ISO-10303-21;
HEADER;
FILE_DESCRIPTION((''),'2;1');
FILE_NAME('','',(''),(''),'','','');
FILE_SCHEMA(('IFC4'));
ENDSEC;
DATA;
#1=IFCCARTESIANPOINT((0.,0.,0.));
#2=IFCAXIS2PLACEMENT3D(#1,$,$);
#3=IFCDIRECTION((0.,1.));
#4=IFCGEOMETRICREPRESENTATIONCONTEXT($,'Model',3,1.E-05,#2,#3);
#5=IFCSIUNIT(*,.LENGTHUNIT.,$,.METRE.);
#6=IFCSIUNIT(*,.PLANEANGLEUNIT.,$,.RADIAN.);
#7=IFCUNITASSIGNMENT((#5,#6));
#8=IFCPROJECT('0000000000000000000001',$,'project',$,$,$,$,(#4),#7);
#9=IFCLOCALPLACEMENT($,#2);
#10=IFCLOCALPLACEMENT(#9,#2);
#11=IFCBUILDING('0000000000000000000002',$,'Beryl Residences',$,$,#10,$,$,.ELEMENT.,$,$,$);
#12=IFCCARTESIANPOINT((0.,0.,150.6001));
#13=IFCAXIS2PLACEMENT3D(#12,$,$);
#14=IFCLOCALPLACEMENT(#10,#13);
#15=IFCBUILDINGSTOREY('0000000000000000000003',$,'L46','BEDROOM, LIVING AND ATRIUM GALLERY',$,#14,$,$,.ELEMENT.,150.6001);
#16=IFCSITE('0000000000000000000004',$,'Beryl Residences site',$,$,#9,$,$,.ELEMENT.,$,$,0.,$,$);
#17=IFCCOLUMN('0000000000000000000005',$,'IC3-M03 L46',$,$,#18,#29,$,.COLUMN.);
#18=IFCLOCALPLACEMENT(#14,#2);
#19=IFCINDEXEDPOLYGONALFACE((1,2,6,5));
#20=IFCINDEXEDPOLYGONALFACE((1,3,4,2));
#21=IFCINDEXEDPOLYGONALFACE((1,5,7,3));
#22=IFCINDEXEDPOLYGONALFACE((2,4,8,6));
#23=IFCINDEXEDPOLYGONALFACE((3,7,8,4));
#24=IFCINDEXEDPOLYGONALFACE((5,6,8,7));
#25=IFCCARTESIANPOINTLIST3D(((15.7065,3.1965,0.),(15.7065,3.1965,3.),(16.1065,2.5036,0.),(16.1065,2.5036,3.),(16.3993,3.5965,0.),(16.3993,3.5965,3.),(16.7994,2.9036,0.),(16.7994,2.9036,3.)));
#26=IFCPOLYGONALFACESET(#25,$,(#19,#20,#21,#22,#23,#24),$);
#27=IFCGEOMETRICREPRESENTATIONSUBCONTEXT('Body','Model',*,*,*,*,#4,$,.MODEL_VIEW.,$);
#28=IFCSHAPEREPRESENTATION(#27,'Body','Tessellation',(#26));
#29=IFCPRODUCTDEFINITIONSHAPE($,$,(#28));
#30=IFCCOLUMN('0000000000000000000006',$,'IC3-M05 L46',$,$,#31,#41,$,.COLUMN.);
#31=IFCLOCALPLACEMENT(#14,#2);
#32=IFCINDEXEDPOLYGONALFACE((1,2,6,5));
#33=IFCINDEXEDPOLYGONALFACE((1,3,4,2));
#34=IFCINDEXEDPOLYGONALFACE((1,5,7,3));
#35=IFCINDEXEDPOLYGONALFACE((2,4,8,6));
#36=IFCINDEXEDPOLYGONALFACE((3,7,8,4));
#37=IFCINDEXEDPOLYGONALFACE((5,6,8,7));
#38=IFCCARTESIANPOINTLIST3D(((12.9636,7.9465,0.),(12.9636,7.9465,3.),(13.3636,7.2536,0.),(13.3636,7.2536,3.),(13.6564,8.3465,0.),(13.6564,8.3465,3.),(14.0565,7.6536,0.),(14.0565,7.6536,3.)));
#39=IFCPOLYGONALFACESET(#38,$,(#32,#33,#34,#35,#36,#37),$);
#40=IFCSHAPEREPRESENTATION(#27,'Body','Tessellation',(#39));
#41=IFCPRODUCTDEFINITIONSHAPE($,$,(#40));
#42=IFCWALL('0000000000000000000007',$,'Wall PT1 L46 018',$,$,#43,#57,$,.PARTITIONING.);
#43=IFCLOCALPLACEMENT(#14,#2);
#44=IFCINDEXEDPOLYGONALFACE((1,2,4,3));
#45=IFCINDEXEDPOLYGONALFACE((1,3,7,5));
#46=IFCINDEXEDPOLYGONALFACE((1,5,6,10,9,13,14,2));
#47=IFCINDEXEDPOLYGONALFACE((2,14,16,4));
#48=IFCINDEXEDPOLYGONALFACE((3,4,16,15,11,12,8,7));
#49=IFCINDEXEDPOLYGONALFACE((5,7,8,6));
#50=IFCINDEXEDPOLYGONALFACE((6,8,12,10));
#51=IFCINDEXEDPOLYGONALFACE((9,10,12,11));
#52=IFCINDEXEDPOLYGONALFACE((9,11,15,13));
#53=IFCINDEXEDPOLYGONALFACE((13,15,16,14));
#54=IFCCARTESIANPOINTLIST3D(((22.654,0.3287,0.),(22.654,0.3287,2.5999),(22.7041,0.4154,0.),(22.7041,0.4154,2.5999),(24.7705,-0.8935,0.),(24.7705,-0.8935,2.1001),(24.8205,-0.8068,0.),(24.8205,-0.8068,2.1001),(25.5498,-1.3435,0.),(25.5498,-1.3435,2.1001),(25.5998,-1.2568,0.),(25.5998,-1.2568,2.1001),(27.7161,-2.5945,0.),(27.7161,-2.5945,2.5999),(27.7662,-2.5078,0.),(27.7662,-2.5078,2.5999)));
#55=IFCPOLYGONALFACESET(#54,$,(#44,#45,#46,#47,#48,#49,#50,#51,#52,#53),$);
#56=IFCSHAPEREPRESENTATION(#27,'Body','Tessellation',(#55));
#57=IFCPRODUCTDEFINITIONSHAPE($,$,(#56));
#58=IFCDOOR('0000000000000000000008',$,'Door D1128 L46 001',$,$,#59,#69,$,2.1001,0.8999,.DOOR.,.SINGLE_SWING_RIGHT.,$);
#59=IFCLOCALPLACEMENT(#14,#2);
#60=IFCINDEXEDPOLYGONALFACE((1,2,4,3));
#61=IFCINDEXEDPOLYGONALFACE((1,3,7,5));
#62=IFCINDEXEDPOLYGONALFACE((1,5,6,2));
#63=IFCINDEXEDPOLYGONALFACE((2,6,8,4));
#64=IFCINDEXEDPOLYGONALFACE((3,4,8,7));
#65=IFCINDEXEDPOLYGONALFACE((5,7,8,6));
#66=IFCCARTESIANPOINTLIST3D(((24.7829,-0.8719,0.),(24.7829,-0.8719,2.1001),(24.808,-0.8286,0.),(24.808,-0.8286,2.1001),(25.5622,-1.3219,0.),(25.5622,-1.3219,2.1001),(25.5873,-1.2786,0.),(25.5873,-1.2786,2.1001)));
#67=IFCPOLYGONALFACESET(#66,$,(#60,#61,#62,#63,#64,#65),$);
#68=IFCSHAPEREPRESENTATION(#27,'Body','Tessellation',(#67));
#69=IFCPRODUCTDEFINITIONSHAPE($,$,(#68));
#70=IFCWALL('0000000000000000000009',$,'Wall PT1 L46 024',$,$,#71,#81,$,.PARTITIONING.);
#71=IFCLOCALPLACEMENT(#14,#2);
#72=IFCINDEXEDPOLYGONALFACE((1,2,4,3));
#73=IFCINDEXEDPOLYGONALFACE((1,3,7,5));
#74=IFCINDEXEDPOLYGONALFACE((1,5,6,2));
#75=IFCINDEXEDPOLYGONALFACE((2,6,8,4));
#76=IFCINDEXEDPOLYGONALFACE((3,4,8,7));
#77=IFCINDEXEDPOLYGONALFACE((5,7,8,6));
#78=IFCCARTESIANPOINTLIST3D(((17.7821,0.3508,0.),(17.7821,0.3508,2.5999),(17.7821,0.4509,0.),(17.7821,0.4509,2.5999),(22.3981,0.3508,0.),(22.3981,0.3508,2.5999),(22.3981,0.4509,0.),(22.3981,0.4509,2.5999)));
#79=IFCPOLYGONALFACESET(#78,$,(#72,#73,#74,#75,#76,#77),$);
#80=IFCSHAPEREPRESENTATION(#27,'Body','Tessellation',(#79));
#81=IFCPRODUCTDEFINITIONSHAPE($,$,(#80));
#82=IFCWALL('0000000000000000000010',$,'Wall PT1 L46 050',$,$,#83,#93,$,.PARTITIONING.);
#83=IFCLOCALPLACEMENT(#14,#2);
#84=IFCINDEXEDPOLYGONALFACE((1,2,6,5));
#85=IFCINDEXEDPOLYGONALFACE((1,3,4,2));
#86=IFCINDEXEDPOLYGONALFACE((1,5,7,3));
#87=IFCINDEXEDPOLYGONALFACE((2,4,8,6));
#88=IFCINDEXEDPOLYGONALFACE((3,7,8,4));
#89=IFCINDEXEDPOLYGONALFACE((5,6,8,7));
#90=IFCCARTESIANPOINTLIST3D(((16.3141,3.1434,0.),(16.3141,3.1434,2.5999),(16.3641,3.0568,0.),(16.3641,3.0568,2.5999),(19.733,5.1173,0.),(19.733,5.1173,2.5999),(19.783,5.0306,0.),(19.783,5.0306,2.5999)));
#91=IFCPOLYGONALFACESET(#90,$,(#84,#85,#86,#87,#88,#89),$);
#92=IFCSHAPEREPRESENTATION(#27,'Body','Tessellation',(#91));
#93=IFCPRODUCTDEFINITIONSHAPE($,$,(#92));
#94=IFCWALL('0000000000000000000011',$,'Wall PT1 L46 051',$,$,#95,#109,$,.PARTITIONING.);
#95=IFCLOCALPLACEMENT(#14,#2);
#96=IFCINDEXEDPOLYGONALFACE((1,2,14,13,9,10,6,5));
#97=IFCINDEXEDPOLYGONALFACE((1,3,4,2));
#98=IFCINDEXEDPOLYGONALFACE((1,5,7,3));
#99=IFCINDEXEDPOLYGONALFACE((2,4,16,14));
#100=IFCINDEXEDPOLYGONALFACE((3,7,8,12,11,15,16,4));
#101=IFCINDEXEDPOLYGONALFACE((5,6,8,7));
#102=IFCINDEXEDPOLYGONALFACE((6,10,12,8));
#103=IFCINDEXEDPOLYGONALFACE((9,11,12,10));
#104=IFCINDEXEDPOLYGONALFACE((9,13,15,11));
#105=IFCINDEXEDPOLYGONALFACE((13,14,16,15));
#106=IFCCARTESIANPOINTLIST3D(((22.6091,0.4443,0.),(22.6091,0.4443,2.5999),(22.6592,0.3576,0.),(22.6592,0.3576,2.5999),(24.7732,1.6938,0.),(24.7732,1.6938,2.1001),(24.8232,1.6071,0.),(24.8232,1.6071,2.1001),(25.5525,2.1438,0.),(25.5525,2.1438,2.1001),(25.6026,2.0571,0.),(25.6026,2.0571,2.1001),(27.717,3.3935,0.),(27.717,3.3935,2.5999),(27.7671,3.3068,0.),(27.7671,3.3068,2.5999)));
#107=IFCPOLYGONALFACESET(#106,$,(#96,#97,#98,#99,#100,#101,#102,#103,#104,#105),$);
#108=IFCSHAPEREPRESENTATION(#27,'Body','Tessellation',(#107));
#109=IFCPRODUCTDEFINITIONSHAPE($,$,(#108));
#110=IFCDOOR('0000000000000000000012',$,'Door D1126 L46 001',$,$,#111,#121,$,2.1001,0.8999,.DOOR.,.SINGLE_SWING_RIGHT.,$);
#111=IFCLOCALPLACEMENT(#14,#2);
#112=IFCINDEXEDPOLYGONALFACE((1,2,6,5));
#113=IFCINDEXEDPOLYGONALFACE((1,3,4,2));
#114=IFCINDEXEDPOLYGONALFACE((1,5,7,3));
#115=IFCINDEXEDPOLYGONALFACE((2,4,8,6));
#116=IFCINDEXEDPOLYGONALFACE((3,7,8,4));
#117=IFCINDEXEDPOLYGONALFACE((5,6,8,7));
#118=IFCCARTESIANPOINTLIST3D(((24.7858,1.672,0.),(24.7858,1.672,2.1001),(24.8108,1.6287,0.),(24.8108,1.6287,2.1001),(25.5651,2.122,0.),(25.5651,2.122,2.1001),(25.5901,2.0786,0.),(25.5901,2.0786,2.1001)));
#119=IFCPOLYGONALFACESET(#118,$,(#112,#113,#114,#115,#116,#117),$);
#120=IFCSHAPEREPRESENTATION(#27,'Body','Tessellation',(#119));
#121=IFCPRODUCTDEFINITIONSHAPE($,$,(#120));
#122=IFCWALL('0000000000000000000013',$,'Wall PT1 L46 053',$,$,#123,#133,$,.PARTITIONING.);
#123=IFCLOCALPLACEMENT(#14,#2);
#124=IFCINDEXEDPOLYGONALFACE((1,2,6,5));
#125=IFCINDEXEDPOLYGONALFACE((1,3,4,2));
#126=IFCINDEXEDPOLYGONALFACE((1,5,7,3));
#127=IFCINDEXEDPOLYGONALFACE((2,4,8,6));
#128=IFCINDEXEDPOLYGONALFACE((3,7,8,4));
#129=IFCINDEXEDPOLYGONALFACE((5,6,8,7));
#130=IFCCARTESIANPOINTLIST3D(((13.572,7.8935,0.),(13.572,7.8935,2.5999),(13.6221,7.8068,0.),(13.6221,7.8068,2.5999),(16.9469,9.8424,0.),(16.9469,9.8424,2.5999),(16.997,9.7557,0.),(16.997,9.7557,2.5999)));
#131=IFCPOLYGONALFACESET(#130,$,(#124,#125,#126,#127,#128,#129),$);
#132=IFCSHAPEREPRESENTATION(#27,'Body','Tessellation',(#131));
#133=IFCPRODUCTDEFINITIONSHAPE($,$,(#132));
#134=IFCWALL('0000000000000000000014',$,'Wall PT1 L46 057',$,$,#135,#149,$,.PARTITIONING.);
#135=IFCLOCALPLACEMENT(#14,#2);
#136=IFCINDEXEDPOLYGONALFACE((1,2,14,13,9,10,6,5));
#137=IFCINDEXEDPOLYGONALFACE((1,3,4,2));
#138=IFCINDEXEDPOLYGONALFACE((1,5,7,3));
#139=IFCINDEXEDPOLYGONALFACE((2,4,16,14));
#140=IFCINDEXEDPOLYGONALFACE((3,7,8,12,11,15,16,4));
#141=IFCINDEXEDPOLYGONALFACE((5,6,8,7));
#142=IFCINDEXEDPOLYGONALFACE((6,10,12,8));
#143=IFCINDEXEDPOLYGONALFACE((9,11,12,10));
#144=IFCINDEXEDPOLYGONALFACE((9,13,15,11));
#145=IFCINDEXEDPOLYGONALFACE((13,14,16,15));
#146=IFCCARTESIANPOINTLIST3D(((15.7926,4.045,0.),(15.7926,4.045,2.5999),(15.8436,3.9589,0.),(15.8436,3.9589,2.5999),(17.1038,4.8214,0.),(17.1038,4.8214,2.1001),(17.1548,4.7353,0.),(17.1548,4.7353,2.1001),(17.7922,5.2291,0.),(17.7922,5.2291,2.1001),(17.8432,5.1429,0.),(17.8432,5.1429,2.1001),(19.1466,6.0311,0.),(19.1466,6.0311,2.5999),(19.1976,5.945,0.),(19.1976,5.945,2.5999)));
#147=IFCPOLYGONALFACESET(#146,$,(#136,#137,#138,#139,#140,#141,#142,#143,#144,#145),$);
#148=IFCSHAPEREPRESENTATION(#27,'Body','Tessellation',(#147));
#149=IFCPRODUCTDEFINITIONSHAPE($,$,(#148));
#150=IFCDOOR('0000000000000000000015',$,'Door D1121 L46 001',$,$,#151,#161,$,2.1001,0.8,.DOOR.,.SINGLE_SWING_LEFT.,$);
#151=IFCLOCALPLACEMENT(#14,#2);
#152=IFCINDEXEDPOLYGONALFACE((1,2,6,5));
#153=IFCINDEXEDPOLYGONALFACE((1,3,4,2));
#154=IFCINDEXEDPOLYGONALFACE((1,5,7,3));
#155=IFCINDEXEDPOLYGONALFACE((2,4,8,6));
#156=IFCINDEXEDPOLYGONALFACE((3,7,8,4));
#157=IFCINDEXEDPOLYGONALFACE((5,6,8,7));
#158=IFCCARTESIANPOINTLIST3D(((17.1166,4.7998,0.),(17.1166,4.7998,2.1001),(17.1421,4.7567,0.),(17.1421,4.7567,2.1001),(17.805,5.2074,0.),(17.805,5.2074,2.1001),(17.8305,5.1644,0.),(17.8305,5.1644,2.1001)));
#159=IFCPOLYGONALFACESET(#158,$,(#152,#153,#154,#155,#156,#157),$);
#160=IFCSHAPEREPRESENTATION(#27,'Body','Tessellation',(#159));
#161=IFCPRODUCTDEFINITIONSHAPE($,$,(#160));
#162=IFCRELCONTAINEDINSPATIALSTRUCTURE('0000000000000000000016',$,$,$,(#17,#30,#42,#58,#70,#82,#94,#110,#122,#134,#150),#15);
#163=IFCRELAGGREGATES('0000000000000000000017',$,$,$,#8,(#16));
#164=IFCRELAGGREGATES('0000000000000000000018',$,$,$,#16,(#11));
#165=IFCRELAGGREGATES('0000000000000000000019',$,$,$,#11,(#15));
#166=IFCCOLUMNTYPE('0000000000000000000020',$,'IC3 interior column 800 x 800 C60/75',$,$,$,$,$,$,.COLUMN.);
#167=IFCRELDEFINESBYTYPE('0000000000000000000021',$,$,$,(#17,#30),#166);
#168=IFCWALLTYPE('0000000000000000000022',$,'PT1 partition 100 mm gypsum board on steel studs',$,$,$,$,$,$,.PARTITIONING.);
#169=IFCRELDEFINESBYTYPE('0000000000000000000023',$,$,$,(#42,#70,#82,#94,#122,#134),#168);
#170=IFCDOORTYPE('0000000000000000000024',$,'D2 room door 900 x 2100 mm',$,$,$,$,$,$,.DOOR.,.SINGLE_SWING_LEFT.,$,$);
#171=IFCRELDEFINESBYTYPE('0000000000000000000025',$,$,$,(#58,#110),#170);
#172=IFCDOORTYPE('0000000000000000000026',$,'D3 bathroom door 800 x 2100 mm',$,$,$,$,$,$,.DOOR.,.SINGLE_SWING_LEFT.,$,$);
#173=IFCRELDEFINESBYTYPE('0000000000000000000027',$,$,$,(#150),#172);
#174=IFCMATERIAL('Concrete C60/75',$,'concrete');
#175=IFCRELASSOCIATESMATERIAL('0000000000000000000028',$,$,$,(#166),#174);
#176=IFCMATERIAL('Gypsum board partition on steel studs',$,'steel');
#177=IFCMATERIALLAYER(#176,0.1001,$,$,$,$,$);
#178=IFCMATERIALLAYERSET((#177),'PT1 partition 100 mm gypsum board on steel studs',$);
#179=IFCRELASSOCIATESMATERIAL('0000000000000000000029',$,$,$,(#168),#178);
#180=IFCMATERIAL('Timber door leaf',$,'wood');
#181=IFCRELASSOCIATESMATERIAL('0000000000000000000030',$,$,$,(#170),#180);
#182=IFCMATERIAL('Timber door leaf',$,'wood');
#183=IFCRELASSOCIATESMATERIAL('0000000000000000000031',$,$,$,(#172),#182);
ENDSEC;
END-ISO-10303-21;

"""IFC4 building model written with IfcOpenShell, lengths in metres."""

from ifc_helpers import new_model, si_unit, direction, frame, frame_2d, origin, origin_2d, place, context, subcontext, project, spatial, rectangle, extrude, material, layer, layer_set, material_profile, profile_set, type_object, element, fill, save


model = new_model("IFC4")

# Units and contexts
model_context = context("Model", 3, precision=1e-05, world=origin(), true_north=direction((0.0, 1.0)))
body_context = subcontext(model_context, "Body", "Model", "MODEL_VIEW")
ifc_project = project(units=[si_unit("LENGTHUNIT", "METRE"), si_unit("PLANEANGLEUNIT", "RADIAN")], contexts=[model_context])

# Site, building, storey
site_placement = place(None, origin())
site = spatial("IfcSite", under=ifc_project, at=site_placement, Name="Beryl Residences site", CompositionType="ELEMENT", RefElevation=0.0)
building_placement = place(site_placement, origin())
building = spatial("IfcBuilding", under=site, at=building_placement, Name="Beryl Residences", CompositionType="ELEMENT")
storey_placement = place(building_placement, frame((0.0, 0.0, 150.6001)))
storey = spatial("IfcBuildingStorey", under=building, at=storey_placement, Name="L46", Description="BEDROOM, LIVING AND ATRIUM GALLERY", CompositionType="ELEMENT", Elevation=150.6001)

# Columns
ifc_material_1 = material(Name="Concrete C60/75", Category="concrete")
ifc_material_profile = material_profile(ifc_material_1, rectangle(XDim=0.8, YDim=0.8, at=origin_2d()))
ifc_profile_set = profile_set([ifc_material_profile], Name="Concrete C60/75")
column_type = type_object("IfcColumnType", Name="IC3 interior column 800 x 800 C60/75", PredefinedType="COLUMN", material=ifc_profile_set)
for number, where, z_axis, x_axis, name in (
    (1, (16.2529, 3.05, 0.0), (0.0, 0.0, 1.0), (-0.5, 0.866025, 0.0), "IC3-M03 L46"),
    (2, (13.51, 7.8, 0.0), (0.0, 0.0, 1.0), (-0.5, 0.866025, 0.0), "IC3-M05 L46"),
):
    element("IfcColumn", number, at=place(storey_placement, frame(where, z_axis=z_axis, x_axis=x_axis)), inside=storey, type_object=column_type, Name=name, PredefinedType="COLUMN", context=body_context, shape_type="SweptSolid", body=[
        extrude(rectangle(XDim=0.8, YDim=0.8, at=origin_2d()), origin(), (0.0, 0.0, 1.0), 3.0),
    ])

# Wall, opening, door
ifc_material_2 = material(Name="Gypsum board partition on steel studs", Category="steel")
ifc_layer = layer(ifc_material_2, 0.1001)
ifc_layer_set = layer_set([ifc_layer], Name="PT1 partition 100 mm gypsum board on steel studs")
wall_type = type_object("IfcWallType", Name="PT1 partition 100 mm gypsum board on steel studs", PredefinedType="PARTITIONING", material=ifc_layer_set)
wall_1_placement = place(storey_placement, frame((22.679, 0.3721, 0.0), z_axis=(0.0, 0.0, 1.0), x_axis=(0.865985, -0.50007, 0.0)))
wall_1 = element("IfcWall", 3, at=wall_1_placement, inside=storey, type_object=wall_type, Name="Wall PT1 L46 018", PredefinedType="PARTITIONING", context=body_context, shape_type="SweptSolid", body=[
    extrude(rectangle(XDim=5.8455, YDim=0.1001, at=frame_2d((2.9229, 0.0))), origin(), (0.0, 0.0, 1.0), 2.5999),
])
opening_1_placement = place(wall_1_placement, frame((2.4441, 0.0, 0.0)))
opening_1 = element("IfcOpeningElement", 4, at=opening_1_placement, cuts=wall_1, PredefinedType="OPENING", context=body_context, shape_type="SweptSolid", body=[
    extrude(rectangle(XDim=0.8999, YDim=2.1001, at=frame_2d((0.45, 1.05))), frame((0.0, 0.0601, 0.0), z_axis=(0.0, -1.0, 0.0), x_axis=(1.0, 0.0, 0.0)), (0.0, 0.0, 1.0), 0.1201),
])
ifc_material_3 = material(Name="Timber door leaf", Category="wood")
door_type_1 = type_object("IfcDoorType", Name="D2 room door 900 x 2100 mm", OperationType="SINGLE_SWING_LEFT", PredefinedType="DOOR", material=ifc_material_3)
door_1_placement = place(opening_1_placement, origin())
door_1 = element("IfcDoor", 5, at=door_1_placement, inside=storey, type_object=door_type_1, Name="Door D1128 L46 001", OperationType="SINGLE_SWING_RIGHT", OverallHeight=2.1001, OverallWidth=0.8999, PredefinedType="DOOR", context=body_context, shape_type="SweptSolid", body=[
    extrude(rectangle(XDim=0.8999, YDim=2.1001, at=frame_2d((0.45, 1.05))), frame((0.0, 0.0249, 0.0), z_axis=(0.0, -1.0, 0.0), x_axis=(1.0, 0.0, 0.0)), (0.0, 0.0, 1.0), 0.05),
])
fill(opening_1, door_1)

# Walls
wall_2_placement = place(storey_placement, frame((17.782, 0.4009, 0.0), z_axis=(0.0, 0.0, 1.0), x_axis=(1.0, 0.0, 0.0)))
element("IfcWall", 6, at=wall_2_placement, inside=storey, type_object=wall_type, Name="Wall PT1 L46 024", PredefinedType="PARTITIONING", context=body_context, shape_type="SweptSolid", body=[
    extrude(rectangle(XDim=4.616, YDim=0.1001, at=frame_2d((2.3081, 0.0))), origin(), (0.0, 0.0, 1.0), 2.5999),
])
wall_3_placement = place(storey_placement, frame((16.3391, 3.1001, 0.0), z_axis=(0.0, 0.0, 1.0), x_axis=(0.866031, 0.49999, 0.0)))
element("IfcWall", 7, at=wall_3_placement, inside=storey, type_object=wall_type, Name="Wall PT1 L46 050", PredefinedType="PARTITIONING", context=body_context, shape_type="SweptSolid", body=[
    extrude(rectangle(XDim=3.9478, YDim=0.1001, at=frame_2d((1.9739, 0.0))), origin(), (0.0, 0.0, 1.0), 2.5999),
])

# Wall, opening, door
wall_4_placement = place(storey_placement, frame((22.634, 0.4009, 0.0), z_axis=(0.0, 0.0, 1.0), x_axis=(0.866013, 0.500021, 0.0)))
wall_4 = element("IfcWall", 8, at=wall_4_placement, inside=storey, type_object=wall_type, Name="Wall PT1 L46 051", PredefinedType="PARTITIONING", context=body_context, shape_type="SweptSolid", body=[
    extrude(rectangle(XDim=5.8982, YDim=0.1001, at=frame_2d((2.9492, 0.0))), origin(), (0.0, 0.0, 1.0), 2.5999),
])
opening_2_placement = place(wall_4_placement, frame((2.499, 0.0, 0.0)))
opening_2 = element("IfcOpeningElement", 9, at=opening_2_placement, cuts=wall_4, PredefinedType="OPENING", context=body_context, shape_type="SweptSolid", body=[
    extrude(rectangle(XDim=0.8999, YDim=2.1001, at=frame_2d((0.45, 1.05))), frame((0.0, 0.0601, 0.0), z_axis=(0.0, -1.0, 0.0), x_axis=(1.0, 0.0, 0.0)), (0.0, 0.0, 1.0), 0.1201),
])
door_2_placement = place(opening_2_placement, origin())
door_2 = element("IfcDoor", 10, at=door_2_placement, inside=storey, type_object=door_type_1, Name="Door D1126 L46 001", OperationType="SINGLE_SWING_RIGHT", OverallHeight=2.1001, OverallWidth=0.8999, PredefinedType="DOOR", context=body_context, shape_type="SweptSolid", body=[
    extrude(rectangle(XDim=0.8999, YDim=2.1001, at=frame_2d((0.45, 1.05))), frame((0.0, 0.0249, 0.0), z_axis=(0.0, -1.0, 0.0), x_axis=(1.0, 0.0, 0.0)), (0.0, 0.0, 1.0), 0.05),
])
fill(opening_2, door_2)

# Wall
wall_5_placement = place(storey_placement, frame((13.5969, 7.8501, 0.0), z_axis=(0.0, 0.0, 1.0), x_axis=(0.865979, 0.50008, 0.0)))
element("IfcWall", 11, at=wall_5_placement, inside=storey, type_object=wall_type, Name="Wall PT1 L46 053", PredefinedType="PARTITIONING", context=body_context, shape_type="SweptSolid", body=[
    extrude(rectangle(XDim=3.8972, YDim=0.1001, at=frame_2d((1.9487, 0.0))), origin(), (0.0, 0.0, 1.0), 2.5999),
])

# Wall, opening, door
wall_6_placement = place(storey_placement, frame((15.8181, 4.002, 0.0), z_axis=(0.0, 0.0, 1.0), x_axis=(0.860457, 0.509523, 0.0)))
wall_6 = element("IfcWall", 12, at=wall_6_placement, inside=storey, type_object=wall_type, Name="Wall PT1 L46 057", PredefinedType="PARTITIONING", context=body_context, shape_type="SweptSolid", body=[
    extrude(rectangle(XDim=3.8979, YDim=0.1001, at=frame_2d((1.949, 0.0))), origin(), (0.0, 0.0, 1.0), 2.5999),
])
opening_3_placement = place(wall_6_placement, frame((1.5239, 0.0, 0.0)))
opening_3 = element("IfcOpeningElement", 13, at=opening_3_placement, cuts=wall_6, PredefinedType="OPENING", context=body_context, shape_type="SweptSolid", body=[
    extrude(rectangle(XDim=0.8, YDim=2.1001, at=frame_2d((0.3999, 1.05))), frame((0.0, 0.0601, 0.0), z_axis=(0.0, -1.0, 0.0), x_axis=(1.0, 0.0, 0.0)), (0.0, 0.0, 1.0), 0.1201),
])
ifc_material_4 = material(Name="Timber door leaf", Category="wood")
door_type_2 = type_object("IfcDoorType", Name="D3 bathroom door 800 x 2100 mm", OperationType="SINGLE_SWING_LEFT", PredefinedType="DOOR", material=ifc_material_4)
door_3_placement = place(opening_3_placement, origin())
door_3 = element("IfcDoor", 14, at=door_3_placement, inside=storey, type_object=door_type_2, Name="Door D1121 L46 001", OperationType="SINGLE_SWING_LEFT", OverallHeight=2.1001, OverallWidth=0.8, PredefinedType="DOOR", context=body_context, shape_type="SweptSolid", body=[
    extrude(rectangle(XDim=0.8, YDim=2.1001, at=frame_2d((0.3999, 1.05))), frame((0.0, 0.0249, 0.0), z_axis=(0.0, -1.0, 0.0), x_axis=(1.0, 0.0, 0.0)), (0.0, 0.0, 1.0), 0.05),
])
fill(opening_3, door_3)

save(model, "model.ifc")
